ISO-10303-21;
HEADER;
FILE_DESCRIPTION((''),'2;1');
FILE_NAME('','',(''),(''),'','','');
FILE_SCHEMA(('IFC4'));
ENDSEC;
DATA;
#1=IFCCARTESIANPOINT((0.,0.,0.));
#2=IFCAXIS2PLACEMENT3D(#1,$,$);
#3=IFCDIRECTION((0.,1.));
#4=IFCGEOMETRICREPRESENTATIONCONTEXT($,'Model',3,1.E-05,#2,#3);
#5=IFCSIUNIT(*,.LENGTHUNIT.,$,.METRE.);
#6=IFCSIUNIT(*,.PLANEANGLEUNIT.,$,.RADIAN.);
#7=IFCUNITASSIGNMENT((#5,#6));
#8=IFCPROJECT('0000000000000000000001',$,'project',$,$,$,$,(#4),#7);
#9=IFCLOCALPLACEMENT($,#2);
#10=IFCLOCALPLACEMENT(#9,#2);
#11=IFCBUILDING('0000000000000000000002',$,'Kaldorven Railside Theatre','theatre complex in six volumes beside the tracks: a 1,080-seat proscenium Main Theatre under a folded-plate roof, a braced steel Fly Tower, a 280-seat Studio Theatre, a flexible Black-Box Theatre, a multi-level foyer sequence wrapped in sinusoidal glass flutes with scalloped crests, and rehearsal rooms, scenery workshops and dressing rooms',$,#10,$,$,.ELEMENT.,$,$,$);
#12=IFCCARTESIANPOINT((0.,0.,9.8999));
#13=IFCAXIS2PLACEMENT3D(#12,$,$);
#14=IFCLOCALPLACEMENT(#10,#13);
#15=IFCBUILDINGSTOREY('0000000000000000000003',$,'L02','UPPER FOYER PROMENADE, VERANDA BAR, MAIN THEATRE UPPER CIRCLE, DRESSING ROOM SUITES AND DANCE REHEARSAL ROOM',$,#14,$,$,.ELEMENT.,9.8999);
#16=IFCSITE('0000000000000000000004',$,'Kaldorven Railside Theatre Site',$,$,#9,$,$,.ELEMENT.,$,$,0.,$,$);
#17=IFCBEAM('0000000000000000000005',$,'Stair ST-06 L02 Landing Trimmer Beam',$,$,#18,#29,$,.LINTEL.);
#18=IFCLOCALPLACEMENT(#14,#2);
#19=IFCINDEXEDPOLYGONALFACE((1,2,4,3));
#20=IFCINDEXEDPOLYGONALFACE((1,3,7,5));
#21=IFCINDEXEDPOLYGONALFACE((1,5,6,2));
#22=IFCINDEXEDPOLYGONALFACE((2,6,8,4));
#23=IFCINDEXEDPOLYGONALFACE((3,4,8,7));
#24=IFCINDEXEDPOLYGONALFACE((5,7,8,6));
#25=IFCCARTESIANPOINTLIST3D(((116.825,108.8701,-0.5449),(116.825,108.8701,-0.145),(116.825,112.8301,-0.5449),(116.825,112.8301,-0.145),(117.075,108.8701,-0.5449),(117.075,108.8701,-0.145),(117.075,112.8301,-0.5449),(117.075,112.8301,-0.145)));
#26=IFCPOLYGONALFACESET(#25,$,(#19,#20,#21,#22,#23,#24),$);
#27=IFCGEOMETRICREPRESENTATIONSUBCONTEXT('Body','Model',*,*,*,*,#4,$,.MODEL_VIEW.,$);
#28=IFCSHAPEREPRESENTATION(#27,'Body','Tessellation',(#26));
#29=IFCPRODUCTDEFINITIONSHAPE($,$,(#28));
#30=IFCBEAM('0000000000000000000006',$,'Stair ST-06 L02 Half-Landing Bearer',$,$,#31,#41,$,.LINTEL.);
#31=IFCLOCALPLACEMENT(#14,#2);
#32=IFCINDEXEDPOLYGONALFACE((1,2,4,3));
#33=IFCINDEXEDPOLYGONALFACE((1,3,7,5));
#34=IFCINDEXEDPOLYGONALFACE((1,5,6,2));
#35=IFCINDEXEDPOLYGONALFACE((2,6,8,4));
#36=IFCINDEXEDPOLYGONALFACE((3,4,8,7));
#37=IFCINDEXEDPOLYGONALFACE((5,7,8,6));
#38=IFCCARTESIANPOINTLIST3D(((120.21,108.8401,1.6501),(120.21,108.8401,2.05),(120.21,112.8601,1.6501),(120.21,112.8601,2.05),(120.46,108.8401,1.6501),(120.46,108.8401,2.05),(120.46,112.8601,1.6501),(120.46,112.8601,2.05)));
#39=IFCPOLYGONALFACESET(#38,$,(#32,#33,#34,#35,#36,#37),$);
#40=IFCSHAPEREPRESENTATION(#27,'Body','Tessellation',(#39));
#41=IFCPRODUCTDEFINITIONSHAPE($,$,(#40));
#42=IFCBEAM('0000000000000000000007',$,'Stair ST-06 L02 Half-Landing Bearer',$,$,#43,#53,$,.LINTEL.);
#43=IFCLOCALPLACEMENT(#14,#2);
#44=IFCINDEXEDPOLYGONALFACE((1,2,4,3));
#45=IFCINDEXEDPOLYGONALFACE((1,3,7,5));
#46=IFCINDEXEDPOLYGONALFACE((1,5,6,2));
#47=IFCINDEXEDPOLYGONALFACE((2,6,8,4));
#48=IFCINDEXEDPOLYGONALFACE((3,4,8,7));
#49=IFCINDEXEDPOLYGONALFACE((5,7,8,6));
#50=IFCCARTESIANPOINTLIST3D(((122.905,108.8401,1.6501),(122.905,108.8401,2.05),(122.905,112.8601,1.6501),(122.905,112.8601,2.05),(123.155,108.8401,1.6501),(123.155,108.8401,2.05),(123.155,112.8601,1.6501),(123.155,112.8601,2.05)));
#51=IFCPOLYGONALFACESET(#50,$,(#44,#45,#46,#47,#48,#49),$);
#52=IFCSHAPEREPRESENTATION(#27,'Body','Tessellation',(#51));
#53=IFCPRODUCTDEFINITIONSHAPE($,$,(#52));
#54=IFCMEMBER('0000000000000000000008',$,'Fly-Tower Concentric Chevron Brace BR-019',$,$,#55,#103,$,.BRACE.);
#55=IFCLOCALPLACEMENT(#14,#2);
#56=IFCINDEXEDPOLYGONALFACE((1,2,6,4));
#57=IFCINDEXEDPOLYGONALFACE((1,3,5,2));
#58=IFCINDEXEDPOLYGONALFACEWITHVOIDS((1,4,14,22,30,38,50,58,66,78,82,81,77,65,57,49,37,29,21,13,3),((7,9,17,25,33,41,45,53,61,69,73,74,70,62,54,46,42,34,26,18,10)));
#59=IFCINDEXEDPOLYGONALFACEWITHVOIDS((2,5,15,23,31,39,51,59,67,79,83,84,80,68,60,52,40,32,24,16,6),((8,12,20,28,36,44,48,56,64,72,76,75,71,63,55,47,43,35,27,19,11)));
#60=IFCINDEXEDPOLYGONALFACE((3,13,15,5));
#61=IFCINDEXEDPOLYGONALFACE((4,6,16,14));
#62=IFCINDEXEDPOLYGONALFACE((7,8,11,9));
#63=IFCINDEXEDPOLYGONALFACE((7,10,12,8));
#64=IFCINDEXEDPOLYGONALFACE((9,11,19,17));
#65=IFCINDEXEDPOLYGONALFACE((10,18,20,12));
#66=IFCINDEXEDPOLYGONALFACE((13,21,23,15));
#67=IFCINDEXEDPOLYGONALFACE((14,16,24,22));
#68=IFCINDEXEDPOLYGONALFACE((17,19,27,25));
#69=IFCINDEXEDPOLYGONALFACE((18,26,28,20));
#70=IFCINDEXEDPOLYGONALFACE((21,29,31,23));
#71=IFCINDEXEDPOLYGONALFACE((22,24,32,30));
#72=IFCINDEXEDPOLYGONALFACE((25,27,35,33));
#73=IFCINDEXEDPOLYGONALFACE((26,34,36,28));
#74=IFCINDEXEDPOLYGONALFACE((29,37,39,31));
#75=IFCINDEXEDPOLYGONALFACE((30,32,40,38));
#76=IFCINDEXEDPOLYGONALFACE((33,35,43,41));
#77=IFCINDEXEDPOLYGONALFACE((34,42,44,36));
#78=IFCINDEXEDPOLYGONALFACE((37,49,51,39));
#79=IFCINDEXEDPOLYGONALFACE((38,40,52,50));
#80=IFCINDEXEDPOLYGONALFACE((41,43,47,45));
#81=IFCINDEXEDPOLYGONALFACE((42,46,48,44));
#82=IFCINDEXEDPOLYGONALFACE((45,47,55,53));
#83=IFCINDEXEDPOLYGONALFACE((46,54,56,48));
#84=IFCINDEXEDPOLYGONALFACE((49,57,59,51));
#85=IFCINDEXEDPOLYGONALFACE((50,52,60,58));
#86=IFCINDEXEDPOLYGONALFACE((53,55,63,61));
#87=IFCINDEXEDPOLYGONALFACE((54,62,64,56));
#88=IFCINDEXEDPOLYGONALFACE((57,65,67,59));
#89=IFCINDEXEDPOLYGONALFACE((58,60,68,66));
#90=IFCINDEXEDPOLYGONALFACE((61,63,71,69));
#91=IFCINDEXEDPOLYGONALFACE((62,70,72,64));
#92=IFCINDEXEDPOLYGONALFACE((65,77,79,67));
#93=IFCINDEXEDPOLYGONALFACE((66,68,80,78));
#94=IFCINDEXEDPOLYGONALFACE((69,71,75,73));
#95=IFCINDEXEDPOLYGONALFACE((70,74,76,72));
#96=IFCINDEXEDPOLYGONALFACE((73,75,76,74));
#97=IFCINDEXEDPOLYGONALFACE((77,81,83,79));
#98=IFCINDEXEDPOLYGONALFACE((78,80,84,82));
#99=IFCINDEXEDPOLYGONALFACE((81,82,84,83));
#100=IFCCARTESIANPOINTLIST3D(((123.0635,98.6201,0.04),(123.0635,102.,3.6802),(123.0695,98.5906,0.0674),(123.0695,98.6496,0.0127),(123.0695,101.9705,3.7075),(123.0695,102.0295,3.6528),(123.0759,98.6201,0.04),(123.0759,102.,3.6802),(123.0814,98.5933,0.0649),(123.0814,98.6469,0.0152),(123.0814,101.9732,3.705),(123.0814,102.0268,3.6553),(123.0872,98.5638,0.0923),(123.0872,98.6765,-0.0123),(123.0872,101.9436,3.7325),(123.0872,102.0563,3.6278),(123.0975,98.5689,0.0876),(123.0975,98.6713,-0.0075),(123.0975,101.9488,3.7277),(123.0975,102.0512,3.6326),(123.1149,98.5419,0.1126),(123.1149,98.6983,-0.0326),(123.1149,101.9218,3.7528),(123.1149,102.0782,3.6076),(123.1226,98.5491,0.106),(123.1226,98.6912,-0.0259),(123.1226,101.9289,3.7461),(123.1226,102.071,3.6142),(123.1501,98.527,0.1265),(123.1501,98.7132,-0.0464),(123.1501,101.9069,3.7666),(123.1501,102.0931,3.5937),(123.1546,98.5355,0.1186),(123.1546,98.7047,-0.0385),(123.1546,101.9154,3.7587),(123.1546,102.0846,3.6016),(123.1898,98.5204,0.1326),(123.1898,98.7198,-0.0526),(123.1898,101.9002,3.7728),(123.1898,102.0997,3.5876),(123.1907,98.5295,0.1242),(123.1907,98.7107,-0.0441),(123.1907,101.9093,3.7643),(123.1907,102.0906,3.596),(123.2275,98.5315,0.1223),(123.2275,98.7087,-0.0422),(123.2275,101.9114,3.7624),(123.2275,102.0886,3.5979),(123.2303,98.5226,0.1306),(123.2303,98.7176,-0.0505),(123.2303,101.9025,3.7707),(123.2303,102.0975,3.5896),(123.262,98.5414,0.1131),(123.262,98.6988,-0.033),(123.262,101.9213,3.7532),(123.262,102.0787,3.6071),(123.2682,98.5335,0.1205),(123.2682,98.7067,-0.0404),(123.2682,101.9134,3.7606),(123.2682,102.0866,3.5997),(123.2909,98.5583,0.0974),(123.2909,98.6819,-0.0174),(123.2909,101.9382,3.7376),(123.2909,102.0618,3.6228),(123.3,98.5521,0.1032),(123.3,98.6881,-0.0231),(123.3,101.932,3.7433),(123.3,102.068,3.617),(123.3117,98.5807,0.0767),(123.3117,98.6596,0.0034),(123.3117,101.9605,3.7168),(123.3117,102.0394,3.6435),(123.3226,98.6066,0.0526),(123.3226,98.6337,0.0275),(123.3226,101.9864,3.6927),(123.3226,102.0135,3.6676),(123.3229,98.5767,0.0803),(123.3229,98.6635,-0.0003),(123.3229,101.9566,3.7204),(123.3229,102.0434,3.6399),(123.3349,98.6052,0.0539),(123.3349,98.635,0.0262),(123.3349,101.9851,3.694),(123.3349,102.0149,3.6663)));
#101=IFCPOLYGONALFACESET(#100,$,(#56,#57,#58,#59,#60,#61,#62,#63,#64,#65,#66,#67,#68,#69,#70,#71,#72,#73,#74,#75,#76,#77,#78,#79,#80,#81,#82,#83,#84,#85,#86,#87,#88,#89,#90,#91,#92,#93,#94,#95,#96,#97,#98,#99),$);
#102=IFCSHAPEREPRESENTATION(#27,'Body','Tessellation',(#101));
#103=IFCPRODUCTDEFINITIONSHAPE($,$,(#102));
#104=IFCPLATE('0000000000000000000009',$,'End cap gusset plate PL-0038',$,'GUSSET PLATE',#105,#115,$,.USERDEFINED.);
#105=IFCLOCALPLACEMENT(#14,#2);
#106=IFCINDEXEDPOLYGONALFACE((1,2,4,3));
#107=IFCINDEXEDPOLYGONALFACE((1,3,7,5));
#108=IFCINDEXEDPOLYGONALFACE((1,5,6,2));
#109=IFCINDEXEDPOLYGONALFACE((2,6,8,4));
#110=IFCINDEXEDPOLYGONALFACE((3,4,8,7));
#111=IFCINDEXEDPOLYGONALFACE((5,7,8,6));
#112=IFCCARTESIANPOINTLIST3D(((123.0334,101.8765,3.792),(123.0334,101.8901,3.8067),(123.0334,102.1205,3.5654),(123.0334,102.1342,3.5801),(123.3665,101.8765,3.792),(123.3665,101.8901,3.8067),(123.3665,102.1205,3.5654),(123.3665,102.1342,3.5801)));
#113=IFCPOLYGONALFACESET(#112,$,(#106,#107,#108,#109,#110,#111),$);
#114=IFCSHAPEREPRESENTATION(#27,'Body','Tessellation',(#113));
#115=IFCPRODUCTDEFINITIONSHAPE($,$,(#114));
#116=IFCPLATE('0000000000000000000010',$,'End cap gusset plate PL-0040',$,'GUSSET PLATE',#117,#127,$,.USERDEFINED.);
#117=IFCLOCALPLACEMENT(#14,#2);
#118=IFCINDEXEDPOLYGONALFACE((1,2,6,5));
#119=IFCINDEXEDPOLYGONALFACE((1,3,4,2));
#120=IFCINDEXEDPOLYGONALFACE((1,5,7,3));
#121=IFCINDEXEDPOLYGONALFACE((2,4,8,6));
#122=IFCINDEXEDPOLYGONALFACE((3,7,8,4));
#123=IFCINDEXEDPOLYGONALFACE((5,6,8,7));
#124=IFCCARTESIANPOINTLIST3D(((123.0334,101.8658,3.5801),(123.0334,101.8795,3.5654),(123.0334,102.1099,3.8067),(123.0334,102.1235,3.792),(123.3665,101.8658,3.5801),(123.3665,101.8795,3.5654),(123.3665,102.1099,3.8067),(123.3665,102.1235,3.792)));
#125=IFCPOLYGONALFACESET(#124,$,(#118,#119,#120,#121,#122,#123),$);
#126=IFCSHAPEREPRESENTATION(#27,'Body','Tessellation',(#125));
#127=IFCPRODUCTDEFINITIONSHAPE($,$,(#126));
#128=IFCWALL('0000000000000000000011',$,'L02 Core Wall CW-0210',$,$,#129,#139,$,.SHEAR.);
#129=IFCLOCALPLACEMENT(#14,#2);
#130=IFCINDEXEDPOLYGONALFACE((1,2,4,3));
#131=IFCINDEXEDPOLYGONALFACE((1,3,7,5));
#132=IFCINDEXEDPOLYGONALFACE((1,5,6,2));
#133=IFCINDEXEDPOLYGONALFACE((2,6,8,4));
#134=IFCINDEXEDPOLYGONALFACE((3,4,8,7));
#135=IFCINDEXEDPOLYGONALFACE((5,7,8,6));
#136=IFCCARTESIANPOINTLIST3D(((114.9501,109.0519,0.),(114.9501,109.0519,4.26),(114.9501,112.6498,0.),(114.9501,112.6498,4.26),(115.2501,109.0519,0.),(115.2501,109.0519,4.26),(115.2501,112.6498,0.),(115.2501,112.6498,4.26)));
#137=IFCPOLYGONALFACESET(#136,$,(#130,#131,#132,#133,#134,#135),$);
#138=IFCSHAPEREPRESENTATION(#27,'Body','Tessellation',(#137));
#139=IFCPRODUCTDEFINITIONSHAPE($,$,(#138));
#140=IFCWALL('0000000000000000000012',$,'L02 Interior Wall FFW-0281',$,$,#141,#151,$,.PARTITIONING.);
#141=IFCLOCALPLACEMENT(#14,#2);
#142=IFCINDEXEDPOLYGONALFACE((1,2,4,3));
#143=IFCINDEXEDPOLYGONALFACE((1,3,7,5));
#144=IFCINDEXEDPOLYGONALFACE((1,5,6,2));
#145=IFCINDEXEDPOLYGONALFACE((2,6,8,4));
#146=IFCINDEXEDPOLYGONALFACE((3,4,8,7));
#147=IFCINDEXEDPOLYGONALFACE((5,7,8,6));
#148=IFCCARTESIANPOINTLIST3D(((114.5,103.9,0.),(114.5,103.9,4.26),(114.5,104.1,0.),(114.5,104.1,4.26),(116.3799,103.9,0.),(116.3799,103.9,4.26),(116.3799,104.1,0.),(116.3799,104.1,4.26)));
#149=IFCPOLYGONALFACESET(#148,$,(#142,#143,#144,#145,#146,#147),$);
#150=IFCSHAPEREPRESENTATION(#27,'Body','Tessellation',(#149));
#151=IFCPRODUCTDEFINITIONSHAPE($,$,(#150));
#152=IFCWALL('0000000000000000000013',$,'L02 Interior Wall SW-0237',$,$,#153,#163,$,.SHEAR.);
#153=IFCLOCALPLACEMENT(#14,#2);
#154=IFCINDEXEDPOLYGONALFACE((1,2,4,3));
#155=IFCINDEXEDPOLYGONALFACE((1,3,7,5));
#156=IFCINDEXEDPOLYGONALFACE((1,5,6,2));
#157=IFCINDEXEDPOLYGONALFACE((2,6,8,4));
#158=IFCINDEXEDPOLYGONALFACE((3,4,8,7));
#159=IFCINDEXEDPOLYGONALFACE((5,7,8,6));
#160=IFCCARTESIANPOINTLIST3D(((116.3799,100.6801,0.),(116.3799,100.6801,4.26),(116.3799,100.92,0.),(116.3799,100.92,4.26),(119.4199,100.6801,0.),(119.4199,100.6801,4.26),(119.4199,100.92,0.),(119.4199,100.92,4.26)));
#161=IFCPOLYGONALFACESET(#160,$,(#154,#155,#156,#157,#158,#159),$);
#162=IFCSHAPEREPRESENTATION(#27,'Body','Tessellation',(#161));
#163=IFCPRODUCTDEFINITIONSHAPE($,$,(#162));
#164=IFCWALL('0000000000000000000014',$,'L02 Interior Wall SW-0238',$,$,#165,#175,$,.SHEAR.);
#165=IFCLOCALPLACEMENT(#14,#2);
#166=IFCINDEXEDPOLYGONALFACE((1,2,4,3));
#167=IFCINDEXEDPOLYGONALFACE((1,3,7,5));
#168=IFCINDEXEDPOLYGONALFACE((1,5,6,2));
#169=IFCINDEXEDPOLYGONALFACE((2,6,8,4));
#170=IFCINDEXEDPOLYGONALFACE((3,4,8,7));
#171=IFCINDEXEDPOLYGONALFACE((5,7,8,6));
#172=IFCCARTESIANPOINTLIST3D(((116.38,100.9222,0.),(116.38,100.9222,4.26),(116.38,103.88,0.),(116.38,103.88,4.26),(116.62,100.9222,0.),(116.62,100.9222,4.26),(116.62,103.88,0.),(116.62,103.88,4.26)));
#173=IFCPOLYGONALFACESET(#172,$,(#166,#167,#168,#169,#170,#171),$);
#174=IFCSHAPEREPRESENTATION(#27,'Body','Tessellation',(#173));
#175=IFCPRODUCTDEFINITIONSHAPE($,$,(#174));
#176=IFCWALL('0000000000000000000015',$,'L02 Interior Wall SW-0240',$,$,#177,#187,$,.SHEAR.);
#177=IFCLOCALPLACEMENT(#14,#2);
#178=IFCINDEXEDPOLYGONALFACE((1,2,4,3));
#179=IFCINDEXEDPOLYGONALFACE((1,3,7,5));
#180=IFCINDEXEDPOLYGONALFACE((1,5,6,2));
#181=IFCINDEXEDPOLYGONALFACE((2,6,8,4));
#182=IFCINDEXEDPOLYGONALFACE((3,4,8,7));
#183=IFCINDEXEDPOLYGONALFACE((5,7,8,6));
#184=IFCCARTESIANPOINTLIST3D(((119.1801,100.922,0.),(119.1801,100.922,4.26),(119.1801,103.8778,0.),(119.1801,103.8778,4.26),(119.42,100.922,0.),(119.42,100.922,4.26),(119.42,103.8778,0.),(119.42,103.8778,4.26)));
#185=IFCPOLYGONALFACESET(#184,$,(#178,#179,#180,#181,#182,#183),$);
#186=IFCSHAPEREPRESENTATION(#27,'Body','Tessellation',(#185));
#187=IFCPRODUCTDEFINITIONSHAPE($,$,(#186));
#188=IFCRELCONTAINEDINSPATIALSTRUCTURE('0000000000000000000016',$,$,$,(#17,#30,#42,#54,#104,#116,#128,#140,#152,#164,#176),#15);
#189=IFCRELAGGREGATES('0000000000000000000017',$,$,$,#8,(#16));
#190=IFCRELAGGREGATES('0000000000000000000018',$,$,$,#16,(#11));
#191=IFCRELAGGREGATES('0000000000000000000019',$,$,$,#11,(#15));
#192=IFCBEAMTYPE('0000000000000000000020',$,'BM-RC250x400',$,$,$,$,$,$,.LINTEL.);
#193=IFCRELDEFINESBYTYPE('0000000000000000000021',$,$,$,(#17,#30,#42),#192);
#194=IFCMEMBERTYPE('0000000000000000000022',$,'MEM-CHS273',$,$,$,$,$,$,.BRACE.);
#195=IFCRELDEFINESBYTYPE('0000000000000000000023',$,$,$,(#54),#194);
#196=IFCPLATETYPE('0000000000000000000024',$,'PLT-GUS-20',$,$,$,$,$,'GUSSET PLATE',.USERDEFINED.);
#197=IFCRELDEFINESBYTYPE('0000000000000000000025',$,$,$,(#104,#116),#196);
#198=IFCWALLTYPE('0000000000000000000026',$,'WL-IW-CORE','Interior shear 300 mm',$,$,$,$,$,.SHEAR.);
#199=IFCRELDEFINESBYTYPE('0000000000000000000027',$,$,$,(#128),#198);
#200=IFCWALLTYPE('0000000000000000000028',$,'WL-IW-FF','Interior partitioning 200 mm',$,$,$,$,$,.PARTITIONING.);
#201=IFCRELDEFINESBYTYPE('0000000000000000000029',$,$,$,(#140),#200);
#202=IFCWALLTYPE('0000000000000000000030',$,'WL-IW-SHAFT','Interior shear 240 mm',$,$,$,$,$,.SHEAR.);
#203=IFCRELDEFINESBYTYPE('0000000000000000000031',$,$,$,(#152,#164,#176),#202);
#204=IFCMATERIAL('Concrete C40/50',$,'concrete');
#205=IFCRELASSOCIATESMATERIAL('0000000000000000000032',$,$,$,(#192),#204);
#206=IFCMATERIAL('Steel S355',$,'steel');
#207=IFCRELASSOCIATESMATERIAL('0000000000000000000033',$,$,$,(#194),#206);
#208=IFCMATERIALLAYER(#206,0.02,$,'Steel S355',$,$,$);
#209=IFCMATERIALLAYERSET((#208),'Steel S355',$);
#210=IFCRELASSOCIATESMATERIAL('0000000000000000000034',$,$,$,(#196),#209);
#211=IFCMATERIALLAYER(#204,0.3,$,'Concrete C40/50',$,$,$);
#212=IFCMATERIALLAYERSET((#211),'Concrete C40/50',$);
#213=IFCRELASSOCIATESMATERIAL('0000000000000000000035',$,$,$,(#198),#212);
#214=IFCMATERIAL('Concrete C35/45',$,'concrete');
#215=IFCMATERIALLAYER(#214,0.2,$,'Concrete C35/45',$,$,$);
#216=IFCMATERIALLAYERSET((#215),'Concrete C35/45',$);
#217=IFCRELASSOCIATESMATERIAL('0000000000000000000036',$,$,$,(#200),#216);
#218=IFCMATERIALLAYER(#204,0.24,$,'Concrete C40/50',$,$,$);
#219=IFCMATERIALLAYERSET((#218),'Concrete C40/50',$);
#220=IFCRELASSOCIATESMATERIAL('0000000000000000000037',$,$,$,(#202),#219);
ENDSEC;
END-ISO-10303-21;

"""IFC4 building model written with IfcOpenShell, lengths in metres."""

from ifc_helpers import new_model, si_unit, direction, frame, frame_2d, origin, origin_2d, place, context, subcontext, project, spatial, rectangle, hollow_circle, extrude, material, layer, layer_set, material_profile, profile_set, type_object, element, save


model = new_model("IFC4")

# Units and contexts
model_context = context("Model", 3, precision=1e-05, world=origin(), true_north=direction((0.0, 1.0)))
body_context = subcontext(model_context, "Body", "Model", "MODEL_VIEW")
ifc_project = project(units=[si_unit("LENGTHUNIT", "METRE"), si_unit("PLANEANGLEUNIT", "RADIAN")], contexts=[model_context])

# Site, building, storey
site_placement = place(None, origin())
site = spatial("IfcSite", under=ifc_project, at=site_placement, Name="Kaldorven Railside Theatre Site", CompositionType="ELEMENT", RefElevation=0.0)
building_placement = place(site_placement, origin())
building = spatial("IfcBuilding", under=site, at=building_placement, Name="Kaldorven Railside Theatre", Description="theatre complex in six volumes beside the tracks: a 1,080-seat proscenium Main Theatre under a folded-plate roof, a braced steel Fly Tower, a 280-seat Studio Theatre, a flexible Black-Box Theatre, a multi-level foyer sequence wrapped in sinusoidal glass flutes with scalloped crests, and rehearsal rooms, scenery workshops and dressing rooms", CompositionType="ELEMENT")
storey_placement = place(building_placement, frame((0.0, 0.0, 9.8999)))
storey = spatial("IfcBuildingStorey", under=building, at=storey_placement, Name="L02", Description="UPPER FOYER PROMENADE, VERANDA BAR, MAIN THEATRE UPPER CIRCLE, DRESSING ROOM SUITES AND DANCE REHEARSAL ROOM", CompositionType="ELEMENT", Elevation=9.8999)

# Beams
ifc_material_1 = material(Name="Concrete C40/50", Category="concrete")
ifc_material_profile_1 = material_profile(ifc_material_1, rectangle(XDim=0.25, YDim=0.3999, at=origin_2d()), Name="RC 250x400")
ifc_profile_set_1 = profile_set([ifc_material_profile_1], Name="Concrete C40/50")
beam_type = type_object("IfcBeamType", Name="BM-RC250x400", PredefinedType="LINTEL", material=ifc_profile_set_1)
beam_placement = place(storey_placement, frame((116.95, 108.8701, -0.345), z_axis=(0.0, 1.0, 0.0), x_axis=(-1.0, 0.0, 0.0)))
element("IfcBeam", 1, at=beam_placement, inside=storey, type_object=beam_type, Name="Stair ST-06 L02 Landing Trimmer Beam", PredefinedType="LINTEL", context=body_context, shape_type="SweptSolid", body=[
    extrude(rectangle(XDim=0.25, YDim=0.3999, at=origin_2d()), origin(), (0.0, 0.0, 1.0), 3.96),
])
for number, where, z_axis, x_axis, name in (
    (2, (120.335, 108.8401, 1.8501), (0.0, 1.0, 0.0), (-1.0, 0.0, 0.0), "Stair ST-06 L02 Half-Landing Bearer"),
    (3, (123.03, 108.8401, 1.8501), (0.0, 1.0, 0.0), (-1.0, 0.0, 0.0), "Stair ST-06 L02 Half-Landing Bearer"),
):
    element("IfcBeam", number, at=place(storey_placement, frame(where, z_axis=z_axis, x_axis=x_axis)), inside=storey, type_object=beam_type, Name=name, PredefinedType="LINTEL", context=body_context, shape_type="SweptSolid", body=[
        extrude(rectangle(XDim=0.25, YDim=0.3999, at=origin_2d()), origin(), (0.0, 0.0, 1.0), 4.02),
    ])

# Member
ifc_material_2 = material(Name="Steel S355", Category="steel")
ifc_material_profile_2 = material_profile(ifc_material_2, hollow_circle(Radius=0.1365, WallThickness=0.0125, at=origin_2d()), Name="CHS 273x12.5")
ifc_profile_set_2 = profile_set([ifc_material_profile_2], Name="Steel S355")
member_type = type_object("IfcMemberType", Name="MEM-CHS273", PredefinedType="BRACE", material=ifc_profile_set_2)
member_placement = place(storey_placement, frame((123.2, 98.6201, 0.04), z_axis=(0.0, 0.680425, 0.732818), x_axis=(-1.0, 0.0, 0.0)))
element("IfcMember", 4, at=member_placement, inside=storey, type_object=member_type, Name="Fly-Tower Concentric Chevron Brace BR-019", PredefinedType="BRACE", context=body_context, shape_type="SweptSolid", body=[
    extrude(hollow_circle(Radius=0.1365, WallThickness=0.0125, at=origin_2d()), origin(), (0.0, 0.0, 1.0), 4.9673),
])

# Plates
ifc_layer_1 = layer(ifc_material_2, 0.02, Name="Steel S355")
ifc_layer_set_1 = layer_set([ifc_layer_1], Name="Steel S355")
plate_type = type_object("IfcPlateType", Name="PLT-GUS-20", ElementType="GUSSET PLATE", PredefinedType="USERDEFINED", material=ifc_layer_set_1)
for number, where, z_axis, x_axis, name in (
    (5, (123.2, 101.9985, 3.6787), (0.0, 0.680465, 0.73278), (-1.0, 0.0, 0.0), "End cap gusset plate PL-0038"),
    (6, (123.2, 102.0015, 3.6787), (0.0, -0.680465, 0.73278), (1.0, 0.0, 0.0), "End cap gusset plate PL-0040"),
):
    element("IfcPlate", number, at=place(storey_placement, frame(where, z_axis=z_axis, x_axis=x_axis)), inside=storey, type_object=plate_type, Name=name, ObjectType="GUSSET PLATE", PredefinedType="USERDEFINED", context=body_context, shape_type="SweptSolid", body=[
        extrude(rectangle(XDim=0.333, YDim=0.333, at=origin_2d()), origin(), (0.0, 0.0, 1.0), 0.02),
    ])

# Walls
ifc_layer_2 = layer(ifc_material_1, 0.3, Name="Concrete C40/50")
ifc_layer_set_2 = layer_set([ifc_layer_2], Name="Concrete C40/50")
wall_type_1 = type_object("IfcWallType", Name="WL-IW-CORE", Description="Interior shear 300 mm", PredefinedType="SHEAR", material=ifc_layer_set_2)
wall_1_placement = place(storey_placement, frame((115.1001, 109.052, 0.0), z_axis=(0.0, 0.0, 1.0), x_axis=(0.0, 1.0, 0.0)))
element("IfcWall", 7, at=wall_1_placement, inside=storey, type_object=wall_type_1, Name="L02 Core Wall CW-0210", PredefinedType="SHEAR", context=body_context, shape_type="SweptSolid", body=[
    extrude(rectangle(XDim=3.5979, YDim=0.3, at=frame_2d((1.7988, 0.0))), origin(), (0.0, 0.0, 1.0), 4.26),
])
ifc_material_3 = material(Name="Concrete C35/45", Category="concrete")
ifc_layer_3 = layer(ifc_material_3, 0.2, Name="Concrete C35/45")
ifc_layer_set_3 = layer_set([ifc_layer_3], Name="Concrete C35/45")
wall_type_2 = type_object("IfcWallType", Name="WL-IW-FF", Description="Interior partitioning 200 mm", PredefinedType="PARTITIONING", material=ifc_layer_set_3)
wall_2_placement = place(storey_placement, frame((116.3799, 104.0, 0.0), z_axis=(0.0, 0.0, 1.0), x_axis=(-1.0, 0.0, 0.0)))
element("IfcWall", 8, at=wall_2_placement, inside=storey, type_object=wall_type_2, Name="L02 Interior Wall FFW-0281", PredefinedType="PARTITIONING", context=body_context, shape_type="SweptSolid", body=[
    extrude(rectangle(XDim=1.8799, YDim=0.2, at=frame_2d((0.9399, 0.0))), origin(), (0.0, 0.0, 1.0), 4.26),
])

# Walls
ifc_layer_4 = layer(ifc_material_1, 0.24, Name="Concrete C40/50")
ifc_layer_set_4 = layer_set([ifc_layer_4], Name="Concrete C40/50")
wall_type_3 = type_object("IfcWallType", Name="WL-IW-SHAFT", Description="Interior shear 240 mm", PredefinedType="SHEAR", material=ifc_layer_set_4)
wall_3_placement = place(storey_placement, frame((119.4199, 100.8, 0.0), z_axis=(0.0, 0.0, 1.0), x_axis=(-1.0, 0.0, 0.0)))
element("IfcWall", 9, at=wall_3_placement, inside=storey, type_object=wall_type_3, Name="L02 Interior Wall SW-0237", PredefinedType="SHEAR", context=body_context, shape_type="SweptSolid", body=[
    extrude(rectangle(XDim=3.04, YDim=0.24, at=frame_2d((1.52, 0.0))), origin(), (0.0, 0.0, 1.0), 4.26),
])
wall_4_placement = place(storey_placement, frame((116.5, 100.9221, 0.0), z_axis=(0.0, 0.0, 1.0), x_axis=(0.0, 1.0, 0.0)))
element("IfcWall", 10, at=wall_4_placement, inside=storey, type_object=wall_type_3, Name="L02 Interior Wall SW-0238", PredefinedType="SHEAR", context=body_context, shape_type="SweptSolid", body=[
    extrude(rectangle(XDim=2.9578, YDim=0.24, at=frame_2d((1.479, 0.0))), origin(), (0.0, 0.0, 1.0), 4.26),
])

# Wall
wall_5_placement = place(storey_placement, frame((119.3, 103.8779, 0.0), z_axis=(0.0, 0.0, 1.0), x_axis=(0.0, -1.0, 0.0)))
element("IfcWall", 11, at=wall_5_placement, inside=storey, type_object=wall_type_3, Name="L02 Interior Wall SW-0240", PredefinedType="SHEAR", context=body_context, shape_type="SweptSolid", body=[
    extrude(rectangle(XDim=2.9558, YDim=0.24, at=frame_2d((1.478, 0.0))), origin(), (0.0, 0.0, 1.0), 4.26),
])

save(model, "model.ifc")
